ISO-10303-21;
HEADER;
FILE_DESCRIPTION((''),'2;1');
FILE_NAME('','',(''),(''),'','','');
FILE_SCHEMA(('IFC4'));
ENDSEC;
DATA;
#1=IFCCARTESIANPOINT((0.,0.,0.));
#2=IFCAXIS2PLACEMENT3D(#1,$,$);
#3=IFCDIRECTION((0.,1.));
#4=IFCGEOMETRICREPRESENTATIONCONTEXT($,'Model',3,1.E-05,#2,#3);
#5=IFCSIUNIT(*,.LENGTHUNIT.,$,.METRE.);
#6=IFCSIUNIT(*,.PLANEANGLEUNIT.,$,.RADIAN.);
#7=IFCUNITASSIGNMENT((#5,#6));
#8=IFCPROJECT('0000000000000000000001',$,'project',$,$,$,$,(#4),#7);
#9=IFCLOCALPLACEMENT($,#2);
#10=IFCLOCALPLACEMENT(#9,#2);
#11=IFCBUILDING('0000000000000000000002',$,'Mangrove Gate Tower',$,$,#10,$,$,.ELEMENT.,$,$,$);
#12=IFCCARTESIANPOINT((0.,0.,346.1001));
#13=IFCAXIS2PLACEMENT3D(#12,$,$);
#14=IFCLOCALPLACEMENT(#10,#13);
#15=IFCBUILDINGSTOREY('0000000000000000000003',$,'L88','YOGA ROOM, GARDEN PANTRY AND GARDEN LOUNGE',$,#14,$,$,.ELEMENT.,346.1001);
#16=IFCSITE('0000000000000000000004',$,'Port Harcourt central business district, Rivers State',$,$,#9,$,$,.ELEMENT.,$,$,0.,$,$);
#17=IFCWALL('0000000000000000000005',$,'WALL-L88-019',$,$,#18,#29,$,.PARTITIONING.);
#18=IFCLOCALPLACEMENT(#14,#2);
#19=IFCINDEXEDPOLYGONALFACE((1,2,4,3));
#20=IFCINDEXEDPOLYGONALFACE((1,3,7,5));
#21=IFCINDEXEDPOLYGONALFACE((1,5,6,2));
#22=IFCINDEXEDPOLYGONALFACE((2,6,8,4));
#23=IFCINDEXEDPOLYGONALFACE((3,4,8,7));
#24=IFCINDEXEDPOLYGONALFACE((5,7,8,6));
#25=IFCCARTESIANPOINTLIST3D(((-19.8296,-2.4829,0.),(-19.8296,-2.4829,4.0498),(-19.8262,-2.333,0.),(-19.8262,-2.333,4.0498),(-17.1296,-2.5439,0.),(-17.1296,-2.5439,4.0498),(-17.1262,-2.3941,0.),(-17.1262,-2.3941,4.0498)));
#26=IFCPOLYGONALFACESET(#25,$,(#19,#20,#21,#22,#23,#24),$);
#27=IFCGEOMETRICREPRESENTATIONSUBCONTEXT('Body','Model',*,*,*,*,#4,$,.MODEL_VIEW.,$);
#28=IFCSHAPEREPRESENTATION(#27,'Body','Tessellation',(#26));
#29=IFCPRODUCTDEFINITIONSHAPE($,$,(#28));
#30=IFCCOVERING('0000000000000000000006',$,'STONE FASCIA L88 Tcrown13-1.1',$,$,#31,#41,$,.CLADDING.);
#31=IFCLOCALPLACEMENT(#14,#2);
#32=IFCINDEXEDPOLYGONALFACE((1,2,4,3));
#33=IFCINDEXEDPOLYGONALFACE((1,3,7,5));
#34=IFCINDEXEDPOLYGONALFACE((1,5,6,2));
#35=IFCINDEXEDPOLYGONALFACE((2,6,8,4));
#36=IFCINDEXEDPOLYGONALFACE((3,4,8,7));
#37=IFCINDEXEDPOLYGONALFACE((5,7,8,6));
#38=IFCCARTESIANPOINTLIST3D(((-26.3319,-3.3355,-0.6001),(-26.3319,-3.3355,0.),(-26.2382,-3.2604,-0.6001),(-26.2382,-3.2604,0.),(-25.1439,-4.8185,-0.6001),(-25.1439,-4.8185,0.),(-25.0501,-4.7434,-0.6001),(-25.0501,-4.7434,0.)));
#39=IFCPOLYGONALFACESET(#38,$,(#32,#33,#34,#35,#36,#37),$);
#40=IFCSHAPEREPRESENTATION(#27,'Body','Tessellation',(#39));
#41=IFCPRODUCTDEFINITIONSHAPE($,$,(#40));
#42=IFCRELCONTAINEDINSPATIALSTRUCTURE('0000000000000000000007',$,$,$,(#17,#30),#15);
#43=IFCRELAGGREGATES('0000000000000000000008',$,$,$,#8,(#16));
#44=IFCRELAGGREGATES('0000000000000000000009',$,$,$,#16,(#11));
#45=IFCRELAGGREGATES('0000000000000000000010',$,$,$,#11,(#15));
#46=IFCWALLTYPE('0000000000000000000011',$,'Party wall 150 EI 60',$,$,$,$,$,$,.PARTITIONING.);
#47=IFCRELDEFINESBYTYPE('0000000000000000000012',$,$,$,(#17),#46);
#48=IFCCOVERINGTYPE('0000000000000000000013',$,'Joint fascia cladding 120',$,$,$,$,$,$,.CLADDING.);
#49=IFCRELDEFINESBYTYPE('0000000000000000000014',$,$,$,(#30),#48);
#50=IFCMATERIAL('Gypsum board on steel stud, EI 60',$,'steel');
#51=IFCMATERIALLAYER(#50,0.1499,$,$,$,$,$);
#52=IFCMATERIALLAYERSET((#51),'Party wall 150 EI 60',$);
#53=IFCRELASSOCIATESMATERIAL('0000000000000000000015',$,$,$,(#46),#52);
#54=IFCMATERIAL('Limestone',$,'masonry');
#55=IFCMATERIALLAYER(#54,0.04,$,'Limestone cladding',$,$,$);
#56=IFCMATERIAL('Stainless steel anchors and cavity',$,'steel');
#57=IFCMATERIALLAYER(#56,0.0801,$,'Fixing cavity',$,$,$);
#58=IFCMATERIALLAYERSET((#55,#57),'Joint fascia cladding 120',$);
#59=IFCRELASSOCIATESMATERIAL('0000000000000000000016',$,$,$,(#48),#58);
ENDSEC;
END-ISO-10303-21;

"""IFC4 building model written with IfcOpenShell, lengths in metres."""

from ifc_helpers import new_model, si_unit, direction, frame, frame_2d, origin, place, context, subcontext, project, spatial, rectangle, extrude, material, layer, layer_set, type_object, element, save


model = new_model("IFC4")

# Units and contexts
model_context = context("Model", 3, precision=1e-05, world=origin(), true_north=direction((0.0, 1.0)))
body_context = subcontext(model_context, "Body", "Model", "MODEL_VIEW")
ifc_project = project(units=[si_unit("LENGTHUNIT", "METRE"), si_unit("PLANEANGLEUNIT", "RADIAN")], contexts=[model_context])

# Site, building, storey
site_placement = place(None, origin())
site = spatial("IfcSite", under=ifc_project, at=site_placement, Name="Port Harcourt central business district, Rivers State", CompositionType="ELEMENT", RefElevation=0.0)
building_placement = place(site_placement, origin())
building = spatial("IfcBuilding", under=site, at=building_placement, Name="Mangrove Gate Tower", CompositionType="ELEMENT")
storey_placement = place(building_placement, frame((0.0, 0.0, 346.1001)))
storey = spatial("IfcBuildingStorey", under=building, at=storey_placement, Name="L88", Description="YOGA ROOM, GARDEN PANTRY AND GARDEN LOUNGE", CompositionType="ELEMENT", Elevation=346.1001)

# Shared definitions
ifc_material_1 = material(Name="Limestone", Category="masonry")

# Wall
ifc_material_2 = material(Name="Gypsum board on steel stud, EI 60", Category="steel")
ifc_layer_1 = layer(ifc_material_2, 0.1499)
ifc_layer_set_1 = layer_set([ifc_layer_1], Name="Party wall 150 EI 60")
wall_type_1 = type_object("IfcWallType", Name="Party wall 150 EI 60", PredefinedType="PARTITIONING", material=ifc_layer_set_1)
wall_1_placement = place(storey_placement, frame((-19.8279, -2.408, 0.0), z_axis=(0.0, 0.0, 1.0), x_axis=(0.999745, -0.0226, 0.0)))
element("IfcWall", 1, at=wall_1_placement, inside=storey, type_object=wall_type_1, Name="WALL-L88-019", PredefinedType="PARTITIONING", context=body_context, shape_type="SweptSolid", body=[
    extrude(rectangle(XDim=2.7007, YDim=0.1499, at=frame_2d((1.3503, 0.0))), origin(), (0.0, 0.0, 1.0), 4.0498),
])

# Covering
ifc_layer_2 = layer(ifc_material_1, 0.04, Name="Limestone cladding")
ifc_material_3 = material(Name="Stainless steel anchors and cavity", Category="steel")
ifc_layer_3 = layer(ifc_material_3, 0.0801, Name="Fixing cavity")
ifc_layer_set_2 = layer_set([ifc_layer_2, ifc_layer_3], Name="Joint fascia cladding 120")
covering_type = type_object("IfcCoveringType", Name="Joint fascia cladding 120", PredefinedType="CLADDING", material=ifc_layer_set_2)
covering_placement = place(storey_placement, frame((-25.0969, -4.781, -0.6001), z_axis=(0.0, 0.0, 1.0), x_axis=(-0.625228, 0.780442, 0.0)))
element("IfcCovering", 2, at=covering_placement, inside=storey, type_object=covering_type, Name="STONE FASCIA L88 Tcrown13-1.1", PredefinedType="CLADDING", context=body_context, shape_type="SweptSolid", body=[
    extrude(rectangle(XDim=1.9001, YDim=0.1201, at=frame_2d((0.9502, 0.0))), origin(), (0.0, 0.0, 1.0), 0.6001),
])

save(model, "model.ifc")
